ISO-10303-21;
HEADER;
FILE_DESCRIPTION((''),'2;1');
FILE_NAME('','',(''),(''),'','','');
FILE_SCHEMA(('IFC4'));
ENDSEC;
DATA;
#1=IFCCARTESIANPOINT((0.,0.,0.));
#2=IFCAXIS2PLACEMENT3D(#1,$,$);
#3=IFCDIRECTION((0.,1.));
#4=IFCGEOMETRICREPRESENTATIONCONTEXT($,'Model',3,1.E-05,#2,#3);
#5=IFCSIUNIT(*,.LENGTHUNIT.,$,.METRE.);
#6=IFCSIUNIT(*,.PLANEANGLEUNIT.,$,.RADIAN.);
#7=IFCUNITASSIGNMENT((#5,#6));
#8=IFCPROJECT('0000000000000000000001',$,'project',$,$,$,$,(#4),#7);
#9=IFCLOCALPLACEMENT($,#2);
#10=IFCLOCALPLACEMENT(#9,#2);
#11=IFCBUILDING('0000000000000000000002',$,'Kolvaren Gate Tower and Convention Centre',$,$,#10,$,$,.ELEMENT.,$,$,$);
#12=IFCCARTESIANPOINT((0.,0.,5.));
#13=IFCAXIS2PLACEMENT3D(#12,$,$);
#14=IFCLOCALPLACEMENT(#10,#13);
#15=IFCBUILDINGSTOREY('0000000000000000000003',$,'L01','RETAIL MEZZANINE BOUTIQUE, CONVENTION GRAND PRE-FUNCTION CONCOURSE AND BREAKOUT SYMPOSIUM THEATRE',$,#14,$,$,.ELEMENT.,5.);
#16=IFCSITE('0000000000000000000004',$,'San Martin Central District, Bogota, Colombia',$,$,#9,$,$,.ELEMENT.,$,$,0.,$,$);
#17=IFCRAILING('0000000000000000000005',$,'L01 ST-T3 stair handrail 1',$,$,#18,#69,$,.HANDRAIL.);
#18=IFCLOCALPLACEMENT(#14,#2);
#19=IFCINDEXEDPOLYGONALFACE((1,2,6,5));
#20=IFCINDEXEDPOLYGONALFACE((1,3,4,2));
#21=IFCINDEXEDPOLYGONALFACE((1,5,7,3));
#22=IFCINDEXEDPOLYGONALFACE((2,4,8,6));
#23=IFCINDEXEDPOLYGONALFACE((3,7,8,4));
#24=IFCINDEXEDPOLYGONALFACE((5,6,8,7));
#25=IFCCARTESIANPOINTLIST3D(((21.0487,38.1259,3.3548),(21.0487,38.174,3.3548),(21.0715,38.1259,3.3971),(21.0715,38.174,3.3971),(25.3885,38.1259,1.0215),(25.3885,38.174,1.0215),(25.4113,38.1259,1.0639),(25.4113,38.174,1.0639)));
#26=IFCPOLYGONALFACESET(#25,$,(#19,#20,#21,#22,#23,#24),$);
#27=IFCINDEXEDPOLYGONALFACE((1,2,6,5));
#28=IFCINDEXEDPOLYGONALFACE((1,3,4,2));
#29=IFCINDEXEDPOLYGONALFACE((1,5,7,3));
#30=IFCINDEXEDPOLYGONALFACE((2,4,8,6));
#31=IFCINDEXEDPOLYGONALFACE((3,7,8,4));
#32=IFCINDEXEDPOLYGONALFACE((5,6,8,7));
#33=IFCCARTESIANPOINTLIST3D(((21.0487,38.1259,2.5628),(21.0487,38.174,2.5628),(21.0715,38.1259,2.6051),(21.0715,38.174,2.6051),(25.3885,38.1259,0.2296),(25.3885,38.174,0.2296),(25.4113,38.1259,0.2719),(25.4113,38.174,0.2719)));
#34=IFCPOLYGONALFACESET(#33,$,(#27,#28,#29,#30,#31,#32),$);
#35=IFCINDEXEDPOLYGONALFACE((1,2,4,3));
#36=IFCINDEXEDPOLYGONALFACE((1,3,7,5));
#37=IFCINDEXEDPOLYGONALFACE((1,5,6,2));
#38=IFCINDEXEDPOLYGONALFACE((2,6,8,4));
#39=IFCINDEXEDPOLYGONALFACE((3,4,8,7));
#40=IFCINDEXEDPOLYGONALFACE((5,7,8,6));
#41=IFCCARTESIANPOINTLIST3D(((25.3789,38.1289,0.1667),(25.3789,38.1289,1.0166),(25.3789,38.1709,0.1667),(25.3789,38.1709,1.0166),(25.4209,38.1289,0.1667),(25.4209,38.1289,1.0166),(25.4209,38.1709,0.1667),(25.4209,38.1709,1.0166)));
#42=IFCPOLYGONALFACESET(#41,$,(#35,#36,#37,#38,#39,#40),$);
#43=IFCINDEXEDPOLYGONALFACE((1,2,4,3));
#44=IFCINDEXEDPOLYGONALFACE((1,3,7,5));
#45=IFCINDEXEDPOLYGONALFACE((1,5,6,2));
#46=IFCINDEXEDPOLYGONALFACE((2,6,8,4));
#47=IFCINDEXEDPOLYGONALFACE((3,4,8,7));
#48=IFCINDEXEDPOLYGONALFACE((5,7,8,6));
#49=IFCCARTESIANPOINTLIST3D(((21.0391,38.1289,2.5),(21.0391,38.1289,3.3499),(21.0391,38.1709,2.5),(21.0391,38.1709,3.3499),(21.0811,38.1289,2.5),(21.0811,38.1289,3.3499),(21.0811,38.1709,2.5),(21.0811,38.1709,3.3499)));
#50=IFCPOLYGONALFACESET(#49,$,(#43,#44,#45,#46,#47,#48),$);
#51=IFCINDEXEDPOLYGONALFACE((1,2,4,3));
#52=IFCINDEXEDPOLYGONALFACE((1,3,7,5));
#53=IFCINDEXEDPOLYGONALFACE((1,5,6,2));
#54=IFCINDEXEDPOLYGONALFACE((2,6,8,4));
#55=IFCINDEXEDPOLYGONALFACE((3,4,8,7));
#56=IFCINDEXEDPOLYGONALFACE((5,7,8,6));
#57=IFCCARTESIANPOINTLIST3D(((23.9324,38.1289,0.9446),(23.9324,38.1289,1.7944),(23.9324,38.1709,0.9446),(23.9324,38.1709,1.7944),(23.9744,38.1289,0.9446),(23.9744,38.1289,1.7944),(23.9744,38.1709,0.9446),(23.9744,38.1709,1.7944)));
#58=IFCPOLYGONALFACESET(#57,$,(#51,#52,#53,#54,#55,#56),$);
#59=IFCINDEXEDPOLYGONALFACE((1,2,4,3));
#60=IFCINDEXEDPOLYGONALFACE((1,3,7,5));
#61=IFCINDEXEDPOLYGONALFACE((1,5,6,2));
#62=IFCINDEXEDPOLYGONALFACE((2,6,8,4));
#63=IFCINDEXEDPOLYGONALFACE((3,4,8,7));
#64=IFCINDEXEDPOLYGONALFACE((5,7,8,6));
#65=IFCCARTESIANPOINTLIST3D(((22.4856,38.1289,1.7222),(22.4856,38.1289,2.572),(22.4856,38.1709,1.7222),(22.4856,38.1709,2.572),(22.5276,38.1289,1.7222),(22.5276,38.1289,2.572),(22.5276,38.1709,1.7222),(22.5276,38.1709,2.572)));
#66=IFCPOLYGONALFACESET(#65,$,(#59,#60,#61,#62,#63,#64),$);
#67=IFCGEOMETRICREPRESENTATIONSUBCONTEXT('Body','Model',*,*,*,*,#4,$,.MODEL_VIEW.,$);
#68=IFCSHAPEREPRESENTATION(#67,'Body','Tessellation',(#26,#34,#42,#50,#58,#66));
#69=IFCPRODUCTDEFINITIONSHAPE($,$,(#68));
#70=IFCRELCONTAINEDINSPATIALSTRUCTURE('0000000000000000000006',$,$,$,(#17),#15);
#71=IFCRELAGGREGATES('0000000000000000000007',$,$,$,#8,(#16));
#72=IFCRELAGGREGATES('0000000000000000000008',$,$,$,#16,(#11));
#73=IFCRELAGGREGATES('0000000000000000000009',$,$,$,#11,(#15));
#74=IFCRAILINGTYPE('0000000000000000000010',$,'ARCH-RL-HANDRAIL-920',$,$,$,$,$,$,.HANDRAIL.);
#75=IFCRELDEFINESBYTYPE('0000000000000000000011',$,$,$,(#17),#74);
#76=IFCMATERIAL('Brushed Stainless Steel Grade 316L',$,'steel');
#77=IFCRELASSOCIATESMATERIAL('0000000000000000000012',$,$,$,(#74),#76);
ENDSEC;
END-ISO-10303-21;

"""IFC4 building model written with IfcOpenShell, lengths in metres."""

from ifc_helpers import new_model, si_unit, direction, frame, origin, origin_2d, place, context, subcontext, project, spatial, rectangle, extrude, material, type_object, element, save


model = new_model("IFC4")

# Units and contexts
model_context = context("Model", 3, precision=1e-05, world=origin(), true_north=direction((0.0, 1.0)))
body_context = subcontext(model_context, "Body", "Model", "MODEL_VIEW")
ifc_project = project(units=[si_unit("LENGTHUNIT", "METRE"), si_unit("PLANEANGLEUNIT", "RADIAN")], contexts=[model_context])

# Site, building, storey
site_placement = place(None, origin())
site = spatial("IfcSite", under=ifc_project, at=site_placement, Name="San Martin Central District, Bogota, Colombia", CompositionType="ELEMENT", RefElevation=0.0)
building_placement = place(site_placement, origin())
building = spatial("IfcBuilding", under=site, at=building_placement, Name="Kolvaren Gate Tower and Convention Centre", CompositionType="ELEMENT")
storey_placement = place(building_placement, frame((0.0, 0.0, 5.0)))
storey = spatial("IfcBuildingStorey", under=building, at=storey_placement, Name="L01", Description="RETAIL MEZZANINE BOUTIQUE, CONVENTION GRAND PRE-FUNCTION CONCOURSE AND BREAKOUT SYMPOSIUM THEATRE", CompositionType="ELEMENT", Elevation=5.0)

# Shared definitions
ifc_material_1 = material(Name="Brushed Stainless Steel Grade 316L", Category="steel")

# Railing
railing_type_1 = type_object("IfcRailingType", Name="ARCH-RL-HANDRAIL-920", PredefinedType="HANDRAIL", material=ifc_material_1)
railing_1_placement = place(storey_placement, frame((25.3999, 38.1499, 0.1667)))
element("IfcRailing", 1, at=railing_1_placement, inside=storey, type_object=railing_type_1, Name="L01 ST-T3 stair handrail 1", PredefinedType="HANDRAIL", context=body_context, shape_type="SweptSolid", body=[
    extrude(rectangle(XDim=0.0481, YDim=0.0481, at=origin_2d()), frame((0.0, 0.0, 0.876), z_axis=(-0.880775, 0.0, 0.473535), x_axis=(0.0, -1.0, 0.0)), (0.0, 0.0, 1.0), 4.9272),
    extrude(rectangle(XDim=0.0481, YDim=0.0481, at=origin_2d()), frame((0.0, 0.0, 0.084), z_axis=(-0.880775, 0.0, 0.473535), x_axis=(0.0, -1.0, 0.0)), (0.0, 0.0, 1.0), 4.9272),
    extrude(rectangle(XDim=0.042, YDim=0.042, at=origin_2d()), origin(), (0.0, 0.0, 1.0), 0.8499),
    extrude(rectangle(XDim=0.042, YDim=0.042, at=origin_2d()), frame((-4.3398, 0.0, 2.3333)), (0.0, 0.0, 1.0), 0.8499),
    extrude(rectangle(XDim=0.042, YDim=0.042, at=origin_2d()), frame((-1.4465, 0.0, 0.7778)), (0.0, 0.0, 1.0), 0.8499),
    extrude(rectangle(XDim=0.042, YDim=0.042, at=origin_2d()), frame((-2.8933, 0.0, 1.5554)), (0.0, 0.0, 1.0), 0.8499),
])

save(model, "model.ifc")
